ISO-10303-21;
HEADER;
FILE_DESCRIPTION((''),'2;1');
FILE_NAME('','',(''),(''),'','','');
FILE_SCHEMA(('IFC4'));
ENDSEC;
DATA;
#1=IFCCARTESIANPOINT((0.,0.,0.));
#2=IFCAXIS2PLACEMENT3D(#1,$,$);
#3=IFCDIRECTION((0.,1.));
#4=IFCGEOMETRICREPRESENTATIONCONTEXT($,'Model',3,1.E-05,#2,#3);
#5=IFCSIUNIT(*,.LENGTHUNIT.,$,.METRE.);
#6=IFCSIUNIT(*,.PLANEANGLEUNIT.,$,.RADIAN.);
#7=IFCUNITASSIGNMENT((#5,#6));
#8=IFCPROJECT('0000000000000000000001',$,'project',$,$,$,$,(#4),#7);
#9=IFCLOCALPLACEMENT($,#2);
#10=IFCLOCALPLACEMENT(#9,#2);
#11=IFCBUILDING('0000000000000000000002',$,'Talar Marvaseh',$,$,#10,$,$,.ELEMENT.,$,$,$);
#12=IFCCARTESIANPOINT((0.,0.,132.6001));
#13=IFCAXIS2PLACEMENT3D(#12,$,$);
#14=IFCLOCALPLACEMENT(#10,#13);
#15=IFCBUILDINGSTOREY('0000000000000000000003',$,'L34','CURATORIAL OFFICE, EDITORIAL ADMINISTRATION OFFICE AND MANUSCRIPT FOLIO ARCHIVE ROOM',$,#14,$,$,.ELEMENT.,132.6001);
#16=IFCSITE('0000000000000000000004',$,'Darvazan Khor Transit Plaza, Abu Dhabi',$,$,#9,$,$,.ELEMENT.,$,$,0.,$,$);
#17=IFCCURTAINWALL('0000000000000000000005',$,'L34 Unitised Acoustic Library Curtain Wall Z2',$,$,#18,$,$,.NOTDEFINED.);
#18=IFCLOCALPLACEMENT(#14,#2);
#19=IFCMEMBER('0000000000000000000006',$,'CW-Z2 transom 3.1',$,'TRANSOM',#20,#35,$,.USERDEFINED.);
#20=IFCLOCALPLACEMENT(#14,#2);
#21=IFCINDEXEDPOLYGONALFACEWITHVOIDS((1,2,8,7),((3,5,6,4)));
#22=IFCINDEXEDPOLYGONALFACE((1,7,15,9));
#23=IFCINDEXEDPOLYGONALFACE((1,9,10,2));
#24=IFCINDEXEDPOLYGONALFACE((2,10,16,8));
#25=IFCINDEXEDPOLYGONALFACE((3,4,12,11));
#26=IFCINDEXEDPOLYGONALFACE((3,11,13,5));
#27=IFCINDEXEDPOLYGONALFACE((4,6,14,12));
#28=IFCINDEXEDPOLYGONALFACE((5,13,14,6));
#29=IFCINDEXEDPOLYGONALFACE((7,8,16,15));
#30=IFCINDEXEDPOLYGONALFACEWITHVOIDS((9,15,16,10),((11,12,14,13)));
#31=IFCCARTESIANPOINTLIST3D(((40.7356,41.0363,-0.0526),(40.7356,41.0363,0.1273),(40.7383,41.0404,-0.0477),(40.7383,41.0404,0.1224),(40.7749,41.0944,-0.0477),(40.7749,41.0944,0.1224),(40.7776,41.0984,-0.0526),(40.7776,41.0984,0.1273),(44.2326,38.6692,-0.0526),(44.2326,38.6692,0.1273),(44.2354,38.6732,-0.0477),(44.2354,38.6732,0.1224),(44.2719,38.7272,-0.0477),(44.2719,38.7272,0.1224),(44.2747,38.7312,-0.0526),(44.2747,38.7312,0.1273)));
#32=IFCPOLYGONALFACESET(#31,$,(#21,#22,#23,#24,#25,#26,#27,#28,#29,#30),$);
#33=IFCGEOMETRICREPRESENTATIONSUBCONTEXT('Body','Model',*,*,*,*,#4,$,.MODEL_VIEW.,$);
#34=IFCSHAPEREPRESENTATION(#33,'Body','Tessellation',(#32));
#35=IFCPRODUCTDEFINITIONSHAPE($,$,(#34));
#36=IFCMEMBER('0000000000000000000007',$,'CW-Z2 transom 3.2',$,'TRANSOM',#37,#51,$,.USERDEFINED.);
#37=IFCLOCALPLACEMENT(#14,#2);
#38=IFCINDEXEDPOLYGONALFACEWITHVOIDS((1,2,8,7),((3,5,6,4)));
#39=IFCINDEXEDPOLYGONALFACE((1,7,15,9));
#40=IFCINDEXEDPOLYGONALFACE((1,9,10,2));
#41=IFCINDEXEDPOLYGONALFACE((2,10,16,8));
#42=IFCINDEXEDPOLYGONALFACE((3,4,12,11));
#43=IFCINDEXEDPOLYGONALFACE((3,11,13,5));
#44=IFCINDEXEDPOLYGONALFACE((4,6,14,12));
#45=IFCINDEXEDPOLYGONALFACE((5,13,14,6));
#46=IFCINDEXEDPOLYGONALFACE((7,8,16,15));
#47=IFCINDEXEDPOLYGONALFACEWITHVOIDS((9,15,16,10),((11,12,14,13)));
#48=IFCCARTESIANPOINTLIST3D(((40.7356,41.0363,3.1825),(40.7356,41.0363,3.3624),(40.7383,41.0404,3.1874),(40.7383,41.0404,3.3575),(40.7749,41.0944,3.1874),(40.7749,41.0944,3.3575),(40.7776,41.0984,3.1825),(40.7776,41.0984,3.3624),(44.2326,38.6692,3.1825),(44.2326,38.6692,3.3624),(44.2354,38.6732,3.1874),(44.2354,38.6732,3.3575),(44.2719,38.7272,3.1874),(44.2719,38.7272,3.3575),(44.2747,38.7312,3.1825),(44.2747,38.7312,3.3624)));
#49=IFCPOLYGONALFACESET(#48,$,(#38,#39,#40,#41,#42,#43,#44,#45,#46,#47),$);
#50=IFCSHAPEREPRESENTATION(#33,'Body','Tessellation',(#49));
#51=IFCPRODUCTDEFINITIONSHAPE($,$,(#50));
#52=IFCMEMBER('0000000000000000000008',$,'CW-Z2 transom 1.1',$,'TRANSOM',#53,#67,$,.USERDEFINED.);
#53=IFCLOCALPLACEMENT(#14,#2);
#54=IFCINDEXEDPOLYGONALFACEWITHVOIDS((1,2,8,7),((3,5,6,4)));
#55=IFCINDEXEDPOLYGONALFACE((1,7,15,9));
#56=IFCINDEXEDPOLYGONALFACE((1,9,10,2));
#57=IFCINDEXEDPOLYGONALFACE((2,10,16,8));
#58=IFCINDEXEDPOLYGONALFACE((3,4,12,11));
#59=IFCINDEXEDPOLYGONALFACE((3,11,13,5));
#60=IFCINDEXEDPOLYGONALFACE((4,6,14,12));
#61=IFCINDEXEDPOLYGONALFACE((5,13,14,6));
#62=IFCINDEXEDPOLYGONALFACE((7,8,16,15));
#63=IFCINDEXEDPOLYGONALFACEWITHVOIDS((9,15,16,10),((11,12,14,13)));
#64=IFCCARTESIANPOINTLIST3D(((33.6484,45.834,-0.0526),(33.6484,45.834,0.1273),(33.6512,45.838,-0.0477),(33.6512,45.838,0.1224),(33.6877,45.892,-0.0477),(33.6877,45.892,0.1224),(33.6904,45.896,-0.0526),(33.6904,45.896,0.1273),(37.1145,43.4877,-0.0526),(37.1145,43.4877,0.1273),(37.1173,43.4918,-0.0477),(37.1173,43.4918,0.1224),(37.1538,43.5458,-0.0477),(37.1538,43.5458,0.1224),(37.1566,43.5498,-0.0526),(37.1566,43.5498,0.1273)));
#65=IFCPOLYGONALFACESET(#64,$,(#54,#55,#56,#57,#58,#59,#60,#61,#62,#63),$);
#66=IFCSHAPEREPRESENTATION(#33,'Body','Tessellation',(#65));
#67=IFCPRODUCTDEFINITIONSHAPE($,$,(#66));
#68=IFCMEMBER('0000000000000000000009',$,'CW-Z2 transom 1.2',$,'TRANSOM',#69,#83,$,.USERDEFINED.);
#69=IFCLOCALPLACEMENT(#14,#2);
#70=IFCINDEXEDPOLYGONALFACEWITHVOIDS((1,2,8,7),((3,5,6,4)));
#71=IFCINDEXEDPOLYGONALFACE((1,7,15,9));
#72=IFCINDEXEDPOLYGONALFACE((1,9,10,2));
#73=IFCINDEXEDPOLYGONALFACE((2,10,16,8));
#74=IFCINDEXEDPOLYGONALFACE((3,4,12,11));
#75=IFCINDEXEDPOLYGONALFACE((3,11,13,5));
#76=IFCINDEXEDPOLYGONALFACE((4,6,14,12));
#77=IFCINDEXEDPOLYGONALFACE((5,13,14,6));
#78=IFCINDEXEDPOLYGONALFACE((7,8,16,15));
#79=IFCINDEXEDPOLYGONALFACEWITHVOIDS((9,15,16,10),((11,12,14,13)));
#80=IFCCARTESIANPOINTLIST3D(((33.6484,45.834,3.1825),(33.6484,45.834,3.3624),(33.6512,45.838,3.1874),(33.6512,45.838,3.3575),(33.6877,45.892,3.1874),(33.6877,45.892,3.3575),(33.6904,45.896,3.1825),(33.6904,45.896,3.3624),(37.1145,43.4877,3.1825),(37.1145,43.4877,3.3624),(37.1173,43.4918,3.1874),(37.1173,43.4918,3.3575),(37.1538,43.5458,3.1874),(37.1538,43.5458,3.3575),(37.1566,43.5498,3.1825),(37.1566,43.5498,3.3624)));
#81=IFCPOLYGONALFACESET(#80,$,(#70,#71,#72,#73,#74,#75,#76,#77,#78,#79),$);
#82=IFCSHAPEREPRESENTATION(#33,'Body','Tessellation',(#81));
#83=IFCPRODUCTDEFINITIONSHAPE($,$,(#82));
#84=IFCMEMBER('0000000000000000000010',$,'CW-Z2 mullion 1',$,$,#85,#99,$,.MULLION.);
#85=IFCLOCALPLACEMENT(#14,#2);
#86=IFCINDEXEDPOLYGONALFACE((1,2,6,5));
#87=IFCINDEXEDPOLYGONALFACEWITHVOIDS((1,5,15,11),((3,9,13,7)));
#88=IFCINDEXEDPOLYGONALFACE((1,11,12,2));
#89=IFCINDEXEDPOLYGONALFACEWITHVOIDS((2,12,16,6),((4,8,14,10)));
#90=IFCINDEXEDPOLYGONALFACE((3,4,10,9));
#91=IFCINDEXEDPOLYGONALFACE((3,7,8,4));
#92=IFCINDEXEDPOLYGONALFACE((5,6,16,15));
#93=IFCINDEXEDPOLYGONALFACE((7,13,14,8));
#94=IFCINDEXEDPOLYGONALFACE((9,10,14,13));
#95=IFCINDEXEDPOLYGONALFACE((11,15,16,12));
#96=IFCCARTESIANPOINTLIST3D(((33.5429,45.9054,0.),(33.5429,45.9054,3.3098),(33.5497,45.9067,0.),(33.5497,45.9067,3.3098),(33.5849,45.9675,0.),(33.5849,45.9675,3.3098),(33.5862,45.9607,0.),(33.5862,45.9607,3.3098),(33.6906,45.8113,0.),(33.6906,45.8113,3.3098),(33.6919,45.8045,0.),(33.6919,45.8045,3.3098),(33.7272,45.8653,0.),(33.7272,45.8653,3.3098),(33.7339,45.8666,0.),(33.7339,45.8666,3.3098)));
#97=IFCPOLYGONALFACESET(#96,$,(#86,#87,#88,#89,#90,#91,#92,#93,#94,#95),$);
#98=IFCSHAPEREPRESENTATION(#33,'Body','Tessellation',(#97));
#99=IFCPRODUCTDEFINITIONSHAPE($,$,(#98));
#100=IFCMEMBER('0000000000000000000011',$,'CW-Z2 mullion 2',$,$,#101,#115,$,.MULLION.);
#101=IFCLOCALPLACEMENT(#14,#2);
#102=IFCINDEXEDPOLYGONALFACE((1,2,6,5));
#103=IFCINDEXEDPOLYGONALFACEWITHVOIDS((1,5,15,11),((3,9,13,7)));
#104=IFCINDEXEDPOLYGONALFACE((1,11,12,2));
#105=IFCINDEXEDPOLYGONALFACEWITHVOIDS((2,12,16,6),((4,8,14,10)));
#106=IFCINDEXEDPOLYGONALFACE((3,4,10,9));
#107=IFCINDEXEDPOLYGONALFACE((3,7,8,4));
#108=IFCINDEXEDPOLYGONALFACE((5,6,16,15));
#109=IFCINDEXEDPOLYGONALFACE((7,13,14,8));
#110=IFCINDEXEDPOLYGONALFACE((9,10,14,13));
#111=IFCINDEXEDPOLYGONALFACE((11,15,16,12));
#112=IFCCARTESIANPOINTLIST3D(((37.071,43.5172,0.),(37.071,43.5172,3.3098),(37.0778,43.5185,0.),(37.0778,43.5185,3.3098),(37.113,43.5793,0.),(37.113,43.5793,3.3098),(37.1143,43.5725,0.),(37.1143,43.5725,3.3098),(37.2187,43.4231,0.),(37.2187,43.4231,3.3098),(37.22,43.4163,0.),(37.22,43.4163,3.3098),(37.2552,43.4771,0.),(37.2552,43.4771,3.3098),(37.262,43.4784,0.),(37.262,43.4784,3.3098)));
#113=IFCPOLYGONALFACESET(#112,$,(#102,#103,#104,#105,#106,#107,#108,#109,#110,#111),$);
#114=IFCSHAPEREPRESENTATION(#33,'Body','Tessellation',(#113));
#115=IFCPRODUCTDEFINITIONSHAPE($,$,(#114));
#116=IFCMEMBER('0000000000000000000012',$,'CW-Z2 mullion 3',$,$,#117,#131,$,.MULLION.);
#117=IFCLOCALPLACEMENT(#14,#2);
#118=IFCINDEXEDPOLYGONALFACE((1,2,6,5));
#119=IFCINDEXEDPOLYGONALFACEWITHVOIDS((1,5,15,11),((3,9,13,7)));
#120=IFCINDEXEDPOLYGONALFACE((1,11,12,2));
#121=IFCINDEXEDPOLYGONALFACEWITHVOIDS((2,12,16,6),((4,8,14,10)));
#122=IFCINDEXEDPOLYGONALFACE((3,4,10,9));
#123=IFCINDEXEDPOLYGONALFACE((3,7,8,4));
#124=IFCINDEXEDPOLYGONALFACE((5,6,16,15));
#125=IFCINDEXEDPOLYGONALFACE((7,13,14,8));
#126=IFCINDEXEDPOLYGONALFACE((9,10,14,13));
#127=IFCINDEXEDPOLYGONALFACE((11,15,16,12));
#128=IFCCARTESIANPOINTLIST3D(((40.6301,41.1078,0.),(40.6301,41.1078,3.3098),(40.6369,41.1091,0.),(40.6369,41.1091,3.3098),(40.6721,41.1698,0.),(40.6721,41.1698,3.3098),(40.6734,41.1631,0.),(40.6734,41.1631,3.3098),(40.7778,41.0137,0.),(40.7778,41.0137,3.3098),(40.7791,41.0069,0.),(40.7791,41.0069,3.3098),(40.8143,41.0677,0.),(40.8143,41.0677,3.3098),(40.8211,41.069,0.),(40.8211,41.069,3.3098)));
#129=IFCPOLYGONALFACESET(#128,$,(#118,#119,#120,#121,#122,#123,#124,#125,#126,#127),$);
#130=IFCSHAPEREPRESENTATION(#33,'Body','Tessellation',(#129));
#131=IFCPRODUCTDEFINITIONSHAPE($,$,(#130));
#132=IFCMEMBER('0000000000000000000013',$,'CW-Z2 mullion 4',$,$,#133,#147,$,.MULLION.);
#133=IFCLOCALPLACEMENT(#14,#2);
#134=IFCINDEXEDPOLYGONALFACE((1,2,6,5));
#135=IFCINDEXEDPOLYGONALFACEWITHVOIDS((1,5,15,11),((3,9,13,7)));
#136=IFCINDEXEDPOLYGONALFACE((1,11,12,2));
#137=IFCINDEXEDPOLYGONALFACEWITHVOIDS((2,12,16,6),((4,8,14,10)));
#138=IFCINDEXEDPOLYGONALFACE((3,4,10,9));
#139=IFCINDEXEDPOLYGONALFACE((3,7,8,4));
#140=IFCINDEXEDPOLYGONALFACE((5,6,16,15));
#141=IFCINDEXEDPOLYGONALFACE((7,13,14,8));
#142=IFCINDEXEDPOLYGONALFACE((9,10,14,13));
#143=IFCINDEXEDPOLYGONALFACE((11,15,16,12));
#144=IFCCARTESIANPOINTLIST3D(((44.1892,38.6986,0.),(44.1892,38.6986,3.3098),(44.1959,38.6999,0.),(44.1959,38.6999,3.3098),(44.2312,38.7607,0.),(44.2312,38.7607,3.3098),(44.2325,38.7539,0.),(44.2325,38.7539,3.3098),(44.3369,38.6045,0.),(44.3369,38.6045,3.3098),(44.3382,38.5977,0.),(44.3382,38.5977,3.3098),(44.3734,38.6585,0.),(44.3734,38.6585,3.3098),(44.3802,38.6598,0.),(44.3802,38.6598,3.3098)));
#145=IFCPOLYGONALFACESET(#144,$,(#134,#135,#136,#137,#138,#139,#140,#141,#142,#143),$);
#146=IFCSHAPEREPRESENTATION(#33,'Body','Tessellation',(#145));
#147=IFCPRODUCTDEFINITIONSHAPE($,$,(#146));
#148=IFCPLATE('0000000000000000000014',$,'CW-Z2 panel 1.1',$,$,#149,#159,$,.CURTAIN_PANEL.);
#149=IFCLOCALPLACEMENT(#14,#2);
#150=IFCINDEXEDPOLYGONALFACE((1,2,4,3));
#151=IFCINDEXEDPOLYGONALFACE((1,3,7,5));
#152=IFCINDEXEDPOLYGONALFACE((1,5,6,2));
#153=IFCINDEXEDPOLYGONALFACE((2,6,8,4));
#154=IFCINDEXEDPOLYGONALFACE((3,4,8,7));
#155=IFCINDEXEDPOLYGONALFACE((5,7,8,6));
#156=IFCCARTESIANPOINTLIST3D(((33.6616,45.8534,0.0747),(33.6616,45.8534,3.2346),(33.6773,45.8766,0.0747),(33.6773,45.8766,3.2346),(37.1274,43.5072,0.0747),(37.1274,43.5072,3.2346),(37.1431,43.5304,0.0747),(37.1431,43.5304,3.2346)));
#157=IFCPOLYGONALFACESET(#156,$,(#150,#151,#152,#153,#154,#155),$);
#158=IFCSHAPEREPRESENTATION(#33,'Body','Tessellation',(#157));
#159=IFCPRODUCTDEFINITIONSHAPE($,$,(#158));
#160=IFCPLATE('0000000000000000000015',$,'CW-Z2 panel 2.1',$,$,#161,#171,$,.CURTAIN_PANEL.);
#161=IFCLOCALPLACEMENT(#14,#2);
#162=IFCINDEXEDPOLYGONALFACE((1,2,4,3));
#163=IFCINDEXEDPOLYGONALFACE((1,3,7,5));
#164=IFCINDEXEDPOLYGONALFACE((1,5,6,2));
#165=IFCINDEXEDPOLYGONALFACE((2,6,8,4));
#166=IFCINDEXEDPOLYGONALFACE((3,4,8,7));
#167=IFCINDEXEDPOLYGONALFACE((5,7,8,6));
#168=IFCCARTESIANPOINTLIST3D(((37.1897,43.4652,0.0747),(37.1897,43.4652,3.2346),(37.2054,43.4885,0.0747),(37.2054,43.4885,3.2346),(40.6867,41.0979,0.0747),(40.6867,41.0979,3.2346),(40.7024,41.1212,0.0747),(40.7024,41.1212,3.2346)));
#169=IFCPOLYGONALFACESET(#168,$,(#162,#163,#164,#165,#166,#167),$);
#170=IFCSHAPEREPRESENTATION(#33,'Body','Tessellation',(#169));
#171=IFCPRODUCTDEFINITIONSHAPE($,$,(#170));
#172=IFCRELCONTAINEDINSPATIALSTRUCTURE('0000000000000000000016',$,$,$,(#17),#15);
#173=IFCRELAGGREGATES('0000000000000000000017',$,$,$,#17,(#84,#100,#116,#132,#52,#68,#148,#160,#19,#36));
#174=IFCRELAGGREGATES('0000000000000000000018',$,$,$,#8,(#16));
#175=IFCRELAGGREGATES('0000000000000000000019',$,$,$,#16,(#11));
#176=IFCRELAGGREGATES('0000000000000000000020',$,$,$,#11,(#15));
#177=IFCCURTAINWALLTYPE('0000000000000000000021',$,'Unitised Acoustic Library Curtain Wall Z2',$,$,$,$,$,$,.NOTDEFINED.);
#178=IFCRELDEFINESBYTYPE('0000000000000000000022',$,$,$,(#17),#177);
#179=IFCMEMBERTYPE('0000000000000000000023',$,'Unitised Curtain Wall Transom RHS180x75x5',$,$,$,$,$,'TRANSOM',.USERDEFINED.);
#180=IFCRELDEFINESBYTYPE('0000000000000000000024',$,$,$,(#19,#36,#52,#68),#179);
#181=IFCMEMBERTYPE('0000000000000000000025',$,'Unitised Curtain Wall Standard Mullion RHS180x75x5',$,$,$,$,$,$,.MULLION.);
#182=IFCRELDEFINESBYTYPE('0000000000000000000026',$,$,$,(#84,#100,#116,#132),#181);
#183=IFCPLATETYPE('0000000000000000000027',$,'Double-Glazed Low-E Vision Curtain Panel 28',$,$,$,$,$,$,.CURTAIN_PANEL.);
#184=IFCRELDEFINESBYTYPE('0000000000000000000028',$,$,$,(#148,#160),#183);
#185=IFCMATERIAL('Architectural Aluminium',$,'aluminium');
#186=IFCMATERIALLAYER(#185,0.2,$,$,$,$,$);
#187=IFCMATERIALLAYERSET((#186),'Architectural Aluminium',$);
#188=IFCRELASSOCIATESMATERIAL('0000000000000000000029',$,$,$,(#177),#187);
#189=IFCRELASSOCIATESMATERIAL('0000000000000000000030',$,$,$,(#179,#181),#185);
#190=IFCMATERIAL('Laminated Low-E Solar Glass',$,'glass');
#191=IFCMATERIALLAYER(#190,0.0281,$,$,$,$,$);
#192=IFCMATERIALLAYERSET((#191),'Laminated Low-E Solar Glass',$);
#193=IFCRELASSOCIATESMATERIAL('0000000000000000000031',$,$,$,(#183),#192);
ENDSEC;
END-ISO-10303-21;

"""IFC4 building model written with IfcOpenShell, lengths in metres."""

from ifc_helpers import new_model, si_unit, direction, frame, origin, origin_2d, place, context, subcontext, project, spatial, rectangle, hollow_rectangle, extrude, source, transform, mapped, material, layer, layer_set, material_profile, profile_set, type_object, type_shapes, element, aggregate, save


model = new_model("IFC4")

# Units and contexts
model_context = context("Model", 3, precision=1e-05, world=origin(), true_north=direction((0.0, 1.0)))
body_context = subcontext(model_context, "Body", "Model", "MODEL_VIEW")
ifc_project = project(units=[si_unit("LENGTHUNIT", "METRE"), si_unit("PLANEANGLEUNIT", "RADIAN")], contexts=[model_context])

# Site, building, storey
site_placement = place(None, origin())
site = spatial("IfcSite", under=ifc_project, at=site_placement, Name="Darvazan Khor Transit Plaza, Abu Dhabi", CompositionType="ELEMENT", RefElevation=0.0)
building_placement = place(site_placement, origin())
building = spatial("IfcBuilding", under=site, at=building_placement, Name="Talar Marvaseh", CompositionType="ELEMENT")
storey_placement = place(building_placement, frame((0.0, 0.0, 132.6001)))
storey = spatial("IfcBuildingStorey", under=building, at=storey_placement, Name="L34", Description="CURATORIAL OFFICE, EDITORIAL ADMINISTRATION OFFICE AND MANUSCRIPT FOLIO ARCHIVE ROOM", CompositionType="ELEMENT", Elevation=132.6001)

# Curtain wall, members, plates
ifc_material_1 = material(Name="Architectural Aluminium", Category="aluminium")
ifc_layer_1 = layer(ifc_material_1, 0.2)
ifc_layer_set_1 = layer_set([ifc_layer_1], Name="Architectural Aluminium")
curtain_wall_type = type_object("IfcCurtainWallType", Name="Unitised Acoustic Library Curtain Wall Z2", PredefinedType="NOTDEFINED", material=ifc_layer_set_1)
curtain_wall_placement = place(storey_placement, origin())
curtain_wall = element("IfcCurtainWall", 1, at=curtain_wall_placement, inside=storey, type_object=curtain_wall_type, Name="L34 Unitised Acoustic Library Curtain Wall Z2", PredefinedType="NOTDEFINED")
ifc_material_profile_1 = material_profile(ifc_material_1, hollow_rectangle(XDim=0.075, YDim=0.1799, WallThickness=0.0049, at=origin_2d()), Name="RHS180x75x5")
ifc_profile_set_1 = profile_set([ifc_material_profile_1], Name="Architectural Aluminium")
member_type_1 = type_object("IfcMemberType", Name="Unitised Curtain Wall Transom RHS180x75x5", ElementType="TRANSOM", PredefinedType="USERDEFINED", material=ifc_profile_set_1)
shared_shape_1 = source(origin(), body_context, "Body", "SweptSolid", [
    extrude(hollow_rectangle(XDim=0.075, YDim=0.1799, WallThickness=0.0049, at=origin_2d()), origin(), (0.0, 0.0, 1.0), 4.2229),
])
member_1_placement = place(storey_placement, frame((40.7566, 41.0674, 0.0374), z_axis=(0.828116, -0.560557, 0.0), x_axis=(0.560557, 0.828116, 0.0)))
member_1 = element("IfcMember", 2, at=member_1_placement, type_object=member_type_1, Name="CW-Z2 transom 3.1", ObjectType="TRANSOM", PredefinedType="USERDEFINED", context=body_context, shape_type="MappedRepresentation", body=[
    mapped(shared_shape_1, transform((0.0, 0.0, 0.0), x_axis=(1.0, 0.0, 0.0), y_axis=(0.0, 1.0, 0.0), z_axis=(0.0, 0.0, 1.0), scale=1.0)),
])
member_2_placement = place(storey_placement, frame((40.7566, 41.0674, 3.2725), z_axis=(0.828116, -0.560557, 0.0), x_axis=(0.560557, 0.828116, 0.0)))
member_2 = element("IfcMember", 3, at=member_2_placement, type_object=member_type_1, Name="CW-Z2 transom 3.2", ObjectType="TRANSOM", PredefinedType="USERDEFINED", context=body_context, shape_type="MappedRepresentation", body=[
    mapped(shared_shape_1, transform((0.0, 0.0, 0.0), x_axis=(1.0, 0.0, 0.0), y_axis=(0.0, 1.0, 0.0), z_axis=(0.0, 0.0, 1.0), scale=1.0)),
])
shared_shape_2 = source(origin(), body_context, "Body", "SweptSolid", [
    extrude(hollow_rectangle(XDim=0.075, YDim=0.1799, WallThickness=0.0049, at=origin_2d()), origin(), (0.0, 0.0, 1.0), 4.1855),
])
member_3_placement = place(storey_placement, frame((33.6694, 45.865, 0.0374), z_axis=(0.828117, -0.560555, 0.0), x_axis=(0.560555, 0.828117, 0.0)))
member_3 = element("IfcMember", 4, at=member_3_placement, type_object=member_type_1, Name="CW-Z2 transom 1.1", ObjectType="TRANSOM", PredefinedType="USERDEFINED", context=body_context, shape_type="MappedRepresentation", body=[
    mapped(shared_shape_2, transform((0.0, 0.0, 0.0), x_axis=(1.0, 0.0, 0.0), y_axis=(0.0, 1.0, 0.0), z_axis=(0.0, 0.0, 1.0), scale=1.0)),
])
member_4_placement = place(storey_placement, frame((33.6694, 45.865, 3.2725), z_axis=(0.828117, -0.560555, 0.0), x_axis=(0.560555, 0.828117, 0.0)))
member_4 = element("IfcMember", 5, at=member_4_placement, type_object=member_type_1, Name="CW-Z2 transom 1.2", ObjectType="TRANSOM", PredefinedType="USERDEFINED", context=body_context, shape_type="MappedRepresentation", body=[
    mapped(shared_shape_2, transform((0.0, 0.0, 0.0), x_axis=(1.0, 0.0, 0.0), y_axis=(0.0, 1.0, 0.0), z_axis=(0.0, 0.0, 1.0), scale=1.0)),
])
ifc_material_profile_2 = material_profile(ifc_material_1, hollow_rectangle(XDim=0.075, YDim=0.1799, WallThickness=0.0049, at=origin_2d()), Name="RHS180x75x5")
ifc_profile_set_2 = profile_set([ifc_material_profile_2], Name="Architectural Aluminium")
member_type_2 = type_object("IfcMemberType", Name="Unitised Curtain Wall Standard Mullion RHS180x75x5", PredefinedType="MULLION", material=ifc_profile_set_2)
shared_shape_3 = source(origin(), body_context, "Body", "SweptSolid", [
    extrude(hollow_rectangle(XDim=0.075, YDim=0.1799, WallThickness=0.0049, at=origin_2d()), origin(), (0.0, 0.0, 1.0), 3.3098),
])
type_shapes(member_type_2, [shared_shape_3])
member_5_placement = place(storey_placement, frame((33.6384, 45.886, 0.0), z_axis=(0.0, 0.0, 1.0), x_axis=(0.560583, 0.828098, 0.0)))
member_5 = element("IfcMember", 6, at=member_5_placement, type_object=member_type_2, Name="CW-Z2 mullion 1", PredefinedType="MULLION", context=body_context, shape_type="MappedRepresentation", body=[
    mapped(shared_shape_3, transform((0.0, 0.0, 0.0), x_axis=(1.0, 0.0, 0.0), y_axis=(0.0, 1.0, 0.0), z_axis=(0.0, 0.0, 1.0), scale=1.0)),
])
member_6_placement = place(storey_placement, frame((37.1665, 43.4978, 0.0), z_axis=(0.0, 0.0, 1.0), x_axis=(0.560583, 0.828098, 0.0)))
member_6 = element("IfcMember", 7, at=member_6_placement, type_object=member_type_2, Name="CW-Z2 mullion 2", PredefinedType="MULLION", context=body_context, shape_type="MappedRepresentation", body=[
    mapped(shared_shape_3, transform((0.0, 0.0, 0.0), x_axis=(1.0, 0.0, 0.0), y_axis=(0.0, 1.0, 0.0), z_axis=(0.0, 0.0, 1.0), scale=1.0)),
])
member_7_placement = place(storey_placement, frame((40.7256, 41.0884, 0.0), z_axis=(0.0, 0.0, 1.0), x_axis=(0.560583, 0.828098, 0.0)))
member_7 = element("IfcMember", 8, at=member_7_placement, type_object=member_type_2, Name="CW-Z2 mullion 3", PredefinedType="MULLION", context=body_context, shape_type="MappedRepresentation", body=[
    mapped(shared_shape_3, transform((0.0, 0.0, 0.0), x_axis=(1.0, 0.0, 0.0), y_axis=(0.0, 1.0, 0.0), z_axis=(0.0, 0.0, 1.0), scale=1.0)),
])
member_8_placement = place(storey_placement, frame((44.2847, 38.6792, 0.0), z_axis=(0.0, 0.0, 1.0), x_axis=(0.560583, 0.828098, 0.0)))
member_8 = element("IfcMember", 9, at=member_8_placement, type_object=member_type_2, Name="CW-Z2 mullion 4", PredefinedType="MULLION", context=body_context, shape_type="MappedRepresentation", body=[
    mapped(shared_shape_3, transform((0.0, 0.0, 0.0), x_axis=(1.0, 0.0, 0.0), y_axis=(0.0, 1.0, 0.0), z_axis=(0.0, 0.0, 1.0), scale=1.0)),
])
ifc_material_2 = material(Name="Laminated Low-E Solar Glass", Category="glass")
ifc_layer_2 = layer(ifc_material_2, 0.0281)
ifc_layer_set_2 = layer_set([ifc_layer_2], Name="Laminated Low-E Solar Glass")
plate_type = type_object("IfcPlateType", Name="Double-Glazed Low-E Vision Curtain Panel 28", PredefinedType="CURTAIN_PANEL", material=ifc_layer_set_2)
shared_shape_4 = source(origin(), body_context, "Body", "SweptSolid", [
    extrude(rectangle(XDim=4.1853, YDim=0.0281, at=origin_2d()), origin(), (0.0, 0.0, 1.0), 3.1599),
])
plate_1_placement = place(storey_placement, frame((35.4023, 44.6919, 0.0747), z_axis=(0.0, 0.0, 1.0), x_axis=(0.828098, -0.560583, 0.0)))
plate_1 = element("IfcPlate", 10, at=plate_1_placement, type_object=plate_type, Name="CW-Z2 panel 1.1", PredefinedType="CURTAIN_PANEL", context=body_context, shape_type="MappedRepresentation", body=[
    mapped(shared_shape_4, transform((0.0, 0.0, 0.0), x_axis=(1.0, 0.0, 0.0), y_axis=(0.0, 1.0, 0.0), z_axis=(0.0, 0.0, 1.0), scale=1.0)),
])
shared_shape_5 = source(origin(), body_context, "Body", "SweptSolid", [
    extrude(rectangle(XDim=4.2229, YDim=0.0281, at=origin_2d()), origin(), (0.0, 0.0, 1.0), 3.1599),
])
type_shapes(plate_type, [shared_shape_4, shared_shape_5])
plate_2_placement = place(storey_placement, frame((38.946, 42.2932, 0.0747), z_axis=(0.0, 0.0, 1.0), x_axis=(0.828098, -0.560583, 0.0)))
plate_2 = element("IfcPlate", 11, at=plate_2_placement, type_object=plate_type, Name="CW-Z2 panel 2.1", PredefinedType="CURTAIN_PANEL", context=body_context, shape_type="MappedRepresentation", body=[
    mapped(shared_shape_5, transform((0.0, 0.0, 0.0), x_axis=(1.0, 0.0, 0.0), y_axis=(0.0, 1.0, 0.0), z_axis=(0.0, 0.0, 1.0), scale=1.0)),
])
aggregate(curtain_wall, [member_5, member_6, member_7, member_8, member_3, member_4, plate_1, plate_2, member_1, member_2])

save(model, "model.ifc")
